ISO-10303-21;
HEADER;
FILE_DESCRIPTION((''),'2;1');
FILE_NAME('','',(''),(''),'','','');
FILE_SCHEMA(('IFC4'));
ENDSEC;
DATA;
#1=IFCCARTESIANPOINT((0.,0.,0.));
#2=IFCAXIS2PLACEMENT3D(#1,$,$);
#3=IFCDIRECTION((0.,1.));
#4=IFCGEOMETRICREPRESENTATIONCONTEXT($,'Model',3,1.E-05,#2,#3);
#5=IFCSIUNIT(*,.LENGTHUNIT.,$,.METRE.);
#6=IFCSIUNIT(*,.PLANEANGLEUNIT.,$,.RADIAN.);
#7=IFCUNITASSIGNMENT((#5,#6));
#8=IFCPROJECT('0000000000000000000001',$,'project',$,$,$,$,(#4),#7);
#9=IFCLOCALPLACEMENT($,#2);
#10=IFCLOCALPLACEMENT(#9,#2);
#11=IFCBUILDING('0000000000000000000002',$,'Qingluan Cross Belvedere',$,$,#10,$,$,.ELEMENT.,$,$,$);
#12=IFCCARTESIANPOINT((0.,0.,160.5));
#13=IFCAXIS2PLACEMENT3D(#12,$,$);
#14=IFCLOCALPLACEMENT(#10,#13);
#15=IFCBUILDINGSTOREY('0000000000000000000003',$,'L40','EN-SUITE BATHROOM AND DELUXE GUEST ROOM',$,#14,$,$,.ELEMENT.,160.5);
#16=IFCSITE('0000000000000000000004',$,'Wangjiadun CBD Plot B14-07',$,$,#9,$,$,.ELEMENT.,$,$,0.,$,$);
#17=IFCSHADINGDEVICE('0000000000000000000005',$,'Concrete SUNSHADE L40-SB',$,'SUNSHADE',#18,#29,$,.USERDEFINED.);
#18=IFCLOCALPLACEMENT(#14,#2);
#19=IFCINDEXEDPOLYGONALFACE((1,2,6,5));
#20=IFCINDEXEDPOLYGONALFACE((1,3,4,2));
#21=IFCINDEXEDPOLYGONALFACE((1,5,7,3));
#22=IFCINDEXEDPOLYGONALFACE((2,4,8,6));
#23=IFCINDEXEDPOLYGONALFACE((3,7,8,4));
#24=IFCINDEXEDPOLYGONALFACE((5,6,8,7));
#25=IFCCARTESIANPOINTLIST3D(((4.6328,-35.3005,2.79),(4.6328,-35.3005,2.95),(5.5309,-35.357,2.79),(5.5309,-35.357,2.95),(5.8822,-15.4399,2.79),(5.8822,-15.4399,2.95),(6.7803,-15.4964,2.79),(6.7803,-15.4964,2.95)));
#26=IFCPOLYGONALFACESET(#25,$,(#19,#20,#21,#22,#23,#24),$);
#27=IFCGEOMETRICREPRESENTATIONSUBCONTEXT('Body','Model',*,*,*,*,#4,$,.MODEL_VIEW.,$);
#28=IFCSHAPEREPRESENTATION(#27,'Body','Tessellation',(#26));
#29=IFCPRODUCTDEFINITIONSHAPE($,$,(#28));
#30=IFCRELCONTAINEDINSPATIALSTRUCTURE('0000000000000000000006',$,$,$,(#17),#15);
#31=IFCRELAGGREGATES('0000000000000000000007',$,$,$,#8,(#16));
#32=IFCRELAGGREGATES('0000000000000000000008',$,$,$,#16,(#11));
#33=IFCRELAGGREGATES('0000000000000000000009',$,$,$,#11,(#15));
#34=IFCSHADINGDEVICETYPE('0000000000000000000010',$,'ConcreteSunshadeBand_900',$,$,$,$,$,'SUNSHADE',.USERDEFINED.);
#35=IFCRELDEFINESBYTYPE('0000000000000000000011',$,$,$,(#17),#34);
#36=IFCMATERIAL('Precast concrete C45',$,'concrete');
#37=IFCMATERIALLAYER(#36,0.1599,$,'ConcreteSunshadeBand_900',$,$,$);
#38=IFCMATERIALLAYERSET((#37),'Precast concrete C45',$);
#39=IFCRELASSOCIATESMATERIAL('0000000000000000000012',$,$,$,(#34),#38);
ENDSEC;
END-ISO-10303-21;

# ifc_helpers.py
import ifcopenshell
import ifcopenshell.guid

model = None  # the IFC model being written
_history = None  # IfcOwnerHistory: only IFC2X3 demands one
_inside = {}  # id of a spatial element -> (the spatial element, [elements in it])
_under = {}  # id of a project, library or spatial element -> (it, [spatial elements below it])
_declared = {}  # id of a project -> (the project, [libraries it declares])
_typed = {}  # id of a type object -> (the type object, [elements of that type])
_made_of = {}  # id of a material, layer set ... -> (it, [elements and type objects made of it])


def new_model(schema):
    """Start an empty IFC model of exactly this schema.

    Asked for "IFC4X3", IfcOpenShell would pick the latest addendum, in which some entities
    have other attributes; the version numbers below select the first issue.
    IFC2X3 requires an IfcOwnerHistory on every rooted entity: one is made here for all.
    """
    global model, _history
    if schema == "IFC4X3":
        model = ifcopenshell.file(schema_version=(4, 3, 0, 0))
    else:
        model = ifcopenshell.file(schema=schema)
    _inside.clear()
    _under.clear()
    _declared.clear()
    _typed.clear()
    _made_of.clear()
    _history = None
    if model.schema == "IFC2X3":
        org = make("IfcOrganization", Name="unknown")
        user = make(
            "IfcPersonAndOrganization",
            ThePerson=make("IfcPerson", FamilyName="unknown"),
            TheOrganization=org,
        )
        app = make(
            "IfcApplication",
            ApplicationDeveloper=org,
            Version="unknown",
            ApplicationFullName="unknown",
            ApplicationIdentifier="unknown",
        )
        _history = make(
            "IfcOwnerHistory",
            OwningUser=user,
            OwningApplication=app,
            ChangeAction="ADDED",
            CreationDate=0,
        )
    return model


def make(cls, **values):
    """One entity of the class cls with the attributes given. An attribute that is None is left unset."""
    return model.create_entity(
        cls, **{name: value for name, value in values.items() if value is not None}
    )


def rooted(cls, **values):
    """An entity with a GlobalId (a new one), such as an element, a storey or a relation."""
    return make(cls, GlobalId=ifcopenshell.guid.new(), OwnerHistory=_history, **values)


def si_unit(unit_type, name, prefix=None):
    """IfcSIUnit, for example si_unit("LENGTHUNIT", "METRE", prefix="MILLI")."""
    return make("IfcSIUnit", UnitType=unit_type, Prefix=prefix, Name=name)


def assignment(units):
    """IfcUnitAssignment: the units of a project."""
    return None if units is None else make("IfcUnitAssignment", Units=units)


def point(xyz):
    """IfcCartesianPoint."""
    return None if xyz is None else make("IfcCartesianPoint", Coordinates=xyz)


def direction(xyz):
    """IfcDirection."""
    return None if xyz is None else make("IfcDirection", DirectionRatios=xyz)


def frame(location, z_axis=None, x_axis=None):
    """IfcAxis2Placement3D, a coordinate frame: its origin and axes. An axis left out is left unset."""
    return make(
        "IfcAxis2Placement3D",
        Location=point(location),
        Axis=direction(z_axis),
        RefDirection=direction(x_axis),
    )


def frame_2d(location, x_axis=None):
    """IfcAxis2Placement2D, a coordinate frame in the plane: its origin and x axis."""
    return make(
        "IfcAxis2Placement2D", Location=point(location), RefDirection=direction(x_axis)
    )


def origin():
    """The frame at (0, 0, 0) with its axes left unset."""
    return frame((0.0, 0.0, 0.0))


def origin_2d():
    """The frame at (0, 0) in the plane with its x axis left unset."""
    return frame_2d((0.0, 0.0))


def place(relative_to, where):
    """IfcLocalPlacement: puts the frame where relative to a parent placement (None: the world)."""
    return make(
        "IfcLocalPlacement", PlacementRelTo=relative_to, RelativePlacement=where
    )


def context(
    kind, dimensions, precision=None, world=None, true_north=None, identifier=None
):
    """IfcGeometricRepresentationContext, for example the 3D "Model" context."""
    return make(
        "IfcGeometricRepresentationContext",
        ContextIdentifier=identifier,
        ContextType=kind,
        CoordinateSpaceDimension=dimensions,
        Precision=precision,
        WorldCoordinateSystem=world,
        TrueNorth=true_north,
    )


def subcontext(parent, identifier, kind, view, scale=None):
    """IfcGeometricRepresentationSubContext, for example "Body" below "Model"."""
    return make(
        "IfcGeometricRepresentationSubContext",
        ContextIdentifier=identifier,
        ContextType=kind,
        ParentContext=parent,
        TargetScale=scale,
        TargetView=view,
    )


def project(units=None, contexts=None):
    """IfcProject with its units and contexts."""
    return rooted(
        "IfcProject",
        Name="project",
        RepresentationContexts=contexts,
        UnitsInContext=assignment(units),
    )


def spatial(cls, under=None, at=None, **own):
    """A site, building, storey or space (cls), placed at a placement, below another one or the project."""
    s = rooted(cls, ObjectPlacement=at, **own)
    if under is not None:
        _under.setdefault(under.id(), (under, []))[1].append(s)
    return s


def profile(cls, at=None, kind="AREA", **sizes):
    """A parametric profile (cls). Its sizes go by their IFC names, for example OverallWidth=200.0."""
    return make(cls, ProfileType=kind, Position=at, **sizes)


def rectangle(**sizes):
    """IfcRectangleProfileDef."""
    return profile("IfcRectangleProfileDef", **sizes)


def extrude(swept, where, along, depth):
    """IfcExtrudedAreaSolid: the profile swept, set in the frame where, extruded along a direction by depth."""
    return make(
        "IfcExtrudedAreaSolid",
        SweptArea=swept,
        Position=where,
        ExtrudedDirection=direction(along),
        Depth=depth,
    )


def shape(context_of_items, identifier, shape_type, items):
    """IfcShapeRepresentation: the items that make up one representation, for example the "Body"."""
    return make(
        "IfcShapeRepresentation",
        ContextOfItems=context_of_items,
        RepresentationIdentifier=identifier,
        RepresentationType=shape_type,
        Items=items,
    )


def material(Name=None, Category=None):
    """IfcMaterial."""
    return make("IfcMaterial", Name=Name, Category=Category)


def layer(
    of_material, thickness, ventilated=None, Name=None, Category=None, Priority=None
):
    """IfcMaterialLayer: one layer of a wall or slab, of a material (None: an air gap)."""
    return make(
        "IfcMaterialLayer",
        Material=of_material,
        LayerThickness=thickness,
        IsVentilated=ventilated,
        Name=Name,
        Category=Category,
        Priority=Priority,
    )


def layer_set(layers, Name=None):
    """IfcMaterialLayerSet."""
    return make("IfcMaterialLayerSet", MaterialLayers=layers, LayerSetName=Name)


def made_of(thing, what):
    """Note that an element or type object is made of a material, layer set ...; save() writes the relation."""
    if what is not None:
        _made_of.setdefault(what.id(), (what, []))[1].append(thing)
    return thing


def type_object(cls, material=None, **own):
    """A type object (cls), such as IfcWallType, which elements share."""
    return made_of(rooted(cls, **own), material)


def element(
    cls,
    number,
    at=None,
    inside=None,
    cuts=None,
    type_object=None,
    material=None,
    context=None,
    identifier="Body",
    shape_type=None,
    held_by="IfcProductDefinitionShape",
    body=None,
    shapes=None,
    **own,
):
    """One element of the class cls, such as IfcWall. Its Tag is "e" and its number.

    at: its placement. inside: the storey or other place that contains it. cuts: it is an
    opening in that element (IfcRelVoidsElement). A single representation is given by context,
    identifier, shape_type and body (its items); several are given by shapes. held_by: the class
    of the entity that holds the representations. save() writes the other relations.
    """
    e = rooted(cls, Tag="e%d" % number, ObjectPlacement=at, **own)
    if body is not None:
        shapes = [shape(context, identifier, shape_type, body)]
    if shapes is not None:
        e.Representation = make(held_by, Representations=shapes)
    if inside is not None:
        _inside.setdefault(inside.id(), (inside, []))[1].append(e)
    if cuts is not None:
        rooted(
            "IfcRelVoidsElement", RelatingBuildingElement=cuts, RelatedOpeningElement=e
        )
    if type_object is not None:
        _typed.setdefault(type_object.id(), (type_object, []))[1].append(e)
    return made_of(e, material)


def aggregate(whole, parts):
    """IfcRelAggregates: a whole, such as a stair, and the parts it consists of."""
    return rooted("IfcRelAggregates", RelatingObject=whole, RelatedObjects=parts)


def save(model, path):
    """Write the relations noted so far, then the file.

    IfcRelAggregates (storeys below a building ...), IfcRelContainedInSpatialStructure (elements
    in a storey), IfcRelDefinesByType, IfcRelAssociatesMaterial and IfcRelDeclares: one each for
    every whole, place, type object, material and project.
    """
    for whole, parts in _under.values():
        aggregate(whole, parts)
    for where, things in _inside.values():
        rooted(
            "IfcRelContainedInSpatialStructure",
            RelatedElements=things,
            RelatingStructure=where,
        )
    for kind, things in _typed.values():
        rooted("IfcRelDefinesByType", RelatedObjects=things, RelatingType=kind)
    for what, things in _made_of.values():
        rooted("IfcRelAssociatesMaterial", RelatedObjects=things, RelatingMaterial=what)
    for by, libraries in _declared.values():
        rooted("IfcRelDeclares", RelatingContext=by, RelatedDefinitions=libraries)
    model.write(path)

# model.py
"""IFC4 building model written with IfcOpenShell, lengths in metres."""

from ifc_helpers import new_model, si_unit, direction, frame, origin, origin_2d, place, context, subcontext, project, spatial, rectangle, extrude, material, layer, layer_set, type_object, element, save


model = new_model("IFC4")

# Units and contexts
model_context = context("Model", 3, precision=1e-05, world=origin(), true_north=direction((0.0, 1.0)))
body_context = subcontext(model_context, "Body", "Model", "MODEL_VIEW")
ifc_project = project(units=[si_unit("LENGTHUNIT", "METRE"), si_unit("PLANEANGLEUNIT", "RADIAN")], contexts=[model_context])

# Site, building, storey
site_placement = place(None, origin())
site = spatial("IfcSite", under=ifc_project, at=site_placement, Name="Wangjiadun CBD Plot B14-07", CompositionType="ELEMENT", RefElevation=0.0)
building_placement = place(site_placement, origin())
building = spatial("IfcBuilding", under=site, at=building_placement, Name="Qingluan Cross Belvedere", CompositionType="ELEMENT")
storey_placement = place(building_placement, frame((0.0, 0.0, 160.5)))
storey = spatial("IfcBuildingStorey", under=building, at=storey_placement, Name="L40", Description="EN-SUITE BATHROOM AND DELUXE GUEST ROOM", CompositionType="ELEMENT", Elevation=160.5)

# Shading device
ifc_material_1 = material(Name="Precast concrete C45", Category="concrete")
ifc_layer_1 = layer(ifc_material_1, 0.1599, Name="ConcreteSunshadeBand_900")
ifc_layer_set_1 = layer_set([ifc_layer_1], Name="Precast concrete C45")
shading_device_type = type_object("IfcShadingDeviceType", Name="ConcreteSunshadeBand_900", ElementType="SUNSHADE", PredefinedType="USERDEFINED", material=ifc_layer_set_1)
shading_device_placement = place(storey_placement, frame((5.7065, -25.3984, 2.79), z_axis=(0.0, 0.0, 1.0), x_axis=(0.062786, 0.998027, 0.0)))
element("IfcShadingDevice", 1, at=shading_device_placement, inside=storey, type_object=shading_device_type, Name="Concrete SUNSHADE L40-SB", ObjectType="SUNSHADE", PredefinedType="USERDEFINED", context=body_context, shape_type="SweptSolid", body=[
    extrude(rectangle(XDim=19.8999, YDim=0.8999, at=origin_2d()), origin(), (0.0, 0.0, 1.0), 0.1599),
])

save(model, "model.ifc")
